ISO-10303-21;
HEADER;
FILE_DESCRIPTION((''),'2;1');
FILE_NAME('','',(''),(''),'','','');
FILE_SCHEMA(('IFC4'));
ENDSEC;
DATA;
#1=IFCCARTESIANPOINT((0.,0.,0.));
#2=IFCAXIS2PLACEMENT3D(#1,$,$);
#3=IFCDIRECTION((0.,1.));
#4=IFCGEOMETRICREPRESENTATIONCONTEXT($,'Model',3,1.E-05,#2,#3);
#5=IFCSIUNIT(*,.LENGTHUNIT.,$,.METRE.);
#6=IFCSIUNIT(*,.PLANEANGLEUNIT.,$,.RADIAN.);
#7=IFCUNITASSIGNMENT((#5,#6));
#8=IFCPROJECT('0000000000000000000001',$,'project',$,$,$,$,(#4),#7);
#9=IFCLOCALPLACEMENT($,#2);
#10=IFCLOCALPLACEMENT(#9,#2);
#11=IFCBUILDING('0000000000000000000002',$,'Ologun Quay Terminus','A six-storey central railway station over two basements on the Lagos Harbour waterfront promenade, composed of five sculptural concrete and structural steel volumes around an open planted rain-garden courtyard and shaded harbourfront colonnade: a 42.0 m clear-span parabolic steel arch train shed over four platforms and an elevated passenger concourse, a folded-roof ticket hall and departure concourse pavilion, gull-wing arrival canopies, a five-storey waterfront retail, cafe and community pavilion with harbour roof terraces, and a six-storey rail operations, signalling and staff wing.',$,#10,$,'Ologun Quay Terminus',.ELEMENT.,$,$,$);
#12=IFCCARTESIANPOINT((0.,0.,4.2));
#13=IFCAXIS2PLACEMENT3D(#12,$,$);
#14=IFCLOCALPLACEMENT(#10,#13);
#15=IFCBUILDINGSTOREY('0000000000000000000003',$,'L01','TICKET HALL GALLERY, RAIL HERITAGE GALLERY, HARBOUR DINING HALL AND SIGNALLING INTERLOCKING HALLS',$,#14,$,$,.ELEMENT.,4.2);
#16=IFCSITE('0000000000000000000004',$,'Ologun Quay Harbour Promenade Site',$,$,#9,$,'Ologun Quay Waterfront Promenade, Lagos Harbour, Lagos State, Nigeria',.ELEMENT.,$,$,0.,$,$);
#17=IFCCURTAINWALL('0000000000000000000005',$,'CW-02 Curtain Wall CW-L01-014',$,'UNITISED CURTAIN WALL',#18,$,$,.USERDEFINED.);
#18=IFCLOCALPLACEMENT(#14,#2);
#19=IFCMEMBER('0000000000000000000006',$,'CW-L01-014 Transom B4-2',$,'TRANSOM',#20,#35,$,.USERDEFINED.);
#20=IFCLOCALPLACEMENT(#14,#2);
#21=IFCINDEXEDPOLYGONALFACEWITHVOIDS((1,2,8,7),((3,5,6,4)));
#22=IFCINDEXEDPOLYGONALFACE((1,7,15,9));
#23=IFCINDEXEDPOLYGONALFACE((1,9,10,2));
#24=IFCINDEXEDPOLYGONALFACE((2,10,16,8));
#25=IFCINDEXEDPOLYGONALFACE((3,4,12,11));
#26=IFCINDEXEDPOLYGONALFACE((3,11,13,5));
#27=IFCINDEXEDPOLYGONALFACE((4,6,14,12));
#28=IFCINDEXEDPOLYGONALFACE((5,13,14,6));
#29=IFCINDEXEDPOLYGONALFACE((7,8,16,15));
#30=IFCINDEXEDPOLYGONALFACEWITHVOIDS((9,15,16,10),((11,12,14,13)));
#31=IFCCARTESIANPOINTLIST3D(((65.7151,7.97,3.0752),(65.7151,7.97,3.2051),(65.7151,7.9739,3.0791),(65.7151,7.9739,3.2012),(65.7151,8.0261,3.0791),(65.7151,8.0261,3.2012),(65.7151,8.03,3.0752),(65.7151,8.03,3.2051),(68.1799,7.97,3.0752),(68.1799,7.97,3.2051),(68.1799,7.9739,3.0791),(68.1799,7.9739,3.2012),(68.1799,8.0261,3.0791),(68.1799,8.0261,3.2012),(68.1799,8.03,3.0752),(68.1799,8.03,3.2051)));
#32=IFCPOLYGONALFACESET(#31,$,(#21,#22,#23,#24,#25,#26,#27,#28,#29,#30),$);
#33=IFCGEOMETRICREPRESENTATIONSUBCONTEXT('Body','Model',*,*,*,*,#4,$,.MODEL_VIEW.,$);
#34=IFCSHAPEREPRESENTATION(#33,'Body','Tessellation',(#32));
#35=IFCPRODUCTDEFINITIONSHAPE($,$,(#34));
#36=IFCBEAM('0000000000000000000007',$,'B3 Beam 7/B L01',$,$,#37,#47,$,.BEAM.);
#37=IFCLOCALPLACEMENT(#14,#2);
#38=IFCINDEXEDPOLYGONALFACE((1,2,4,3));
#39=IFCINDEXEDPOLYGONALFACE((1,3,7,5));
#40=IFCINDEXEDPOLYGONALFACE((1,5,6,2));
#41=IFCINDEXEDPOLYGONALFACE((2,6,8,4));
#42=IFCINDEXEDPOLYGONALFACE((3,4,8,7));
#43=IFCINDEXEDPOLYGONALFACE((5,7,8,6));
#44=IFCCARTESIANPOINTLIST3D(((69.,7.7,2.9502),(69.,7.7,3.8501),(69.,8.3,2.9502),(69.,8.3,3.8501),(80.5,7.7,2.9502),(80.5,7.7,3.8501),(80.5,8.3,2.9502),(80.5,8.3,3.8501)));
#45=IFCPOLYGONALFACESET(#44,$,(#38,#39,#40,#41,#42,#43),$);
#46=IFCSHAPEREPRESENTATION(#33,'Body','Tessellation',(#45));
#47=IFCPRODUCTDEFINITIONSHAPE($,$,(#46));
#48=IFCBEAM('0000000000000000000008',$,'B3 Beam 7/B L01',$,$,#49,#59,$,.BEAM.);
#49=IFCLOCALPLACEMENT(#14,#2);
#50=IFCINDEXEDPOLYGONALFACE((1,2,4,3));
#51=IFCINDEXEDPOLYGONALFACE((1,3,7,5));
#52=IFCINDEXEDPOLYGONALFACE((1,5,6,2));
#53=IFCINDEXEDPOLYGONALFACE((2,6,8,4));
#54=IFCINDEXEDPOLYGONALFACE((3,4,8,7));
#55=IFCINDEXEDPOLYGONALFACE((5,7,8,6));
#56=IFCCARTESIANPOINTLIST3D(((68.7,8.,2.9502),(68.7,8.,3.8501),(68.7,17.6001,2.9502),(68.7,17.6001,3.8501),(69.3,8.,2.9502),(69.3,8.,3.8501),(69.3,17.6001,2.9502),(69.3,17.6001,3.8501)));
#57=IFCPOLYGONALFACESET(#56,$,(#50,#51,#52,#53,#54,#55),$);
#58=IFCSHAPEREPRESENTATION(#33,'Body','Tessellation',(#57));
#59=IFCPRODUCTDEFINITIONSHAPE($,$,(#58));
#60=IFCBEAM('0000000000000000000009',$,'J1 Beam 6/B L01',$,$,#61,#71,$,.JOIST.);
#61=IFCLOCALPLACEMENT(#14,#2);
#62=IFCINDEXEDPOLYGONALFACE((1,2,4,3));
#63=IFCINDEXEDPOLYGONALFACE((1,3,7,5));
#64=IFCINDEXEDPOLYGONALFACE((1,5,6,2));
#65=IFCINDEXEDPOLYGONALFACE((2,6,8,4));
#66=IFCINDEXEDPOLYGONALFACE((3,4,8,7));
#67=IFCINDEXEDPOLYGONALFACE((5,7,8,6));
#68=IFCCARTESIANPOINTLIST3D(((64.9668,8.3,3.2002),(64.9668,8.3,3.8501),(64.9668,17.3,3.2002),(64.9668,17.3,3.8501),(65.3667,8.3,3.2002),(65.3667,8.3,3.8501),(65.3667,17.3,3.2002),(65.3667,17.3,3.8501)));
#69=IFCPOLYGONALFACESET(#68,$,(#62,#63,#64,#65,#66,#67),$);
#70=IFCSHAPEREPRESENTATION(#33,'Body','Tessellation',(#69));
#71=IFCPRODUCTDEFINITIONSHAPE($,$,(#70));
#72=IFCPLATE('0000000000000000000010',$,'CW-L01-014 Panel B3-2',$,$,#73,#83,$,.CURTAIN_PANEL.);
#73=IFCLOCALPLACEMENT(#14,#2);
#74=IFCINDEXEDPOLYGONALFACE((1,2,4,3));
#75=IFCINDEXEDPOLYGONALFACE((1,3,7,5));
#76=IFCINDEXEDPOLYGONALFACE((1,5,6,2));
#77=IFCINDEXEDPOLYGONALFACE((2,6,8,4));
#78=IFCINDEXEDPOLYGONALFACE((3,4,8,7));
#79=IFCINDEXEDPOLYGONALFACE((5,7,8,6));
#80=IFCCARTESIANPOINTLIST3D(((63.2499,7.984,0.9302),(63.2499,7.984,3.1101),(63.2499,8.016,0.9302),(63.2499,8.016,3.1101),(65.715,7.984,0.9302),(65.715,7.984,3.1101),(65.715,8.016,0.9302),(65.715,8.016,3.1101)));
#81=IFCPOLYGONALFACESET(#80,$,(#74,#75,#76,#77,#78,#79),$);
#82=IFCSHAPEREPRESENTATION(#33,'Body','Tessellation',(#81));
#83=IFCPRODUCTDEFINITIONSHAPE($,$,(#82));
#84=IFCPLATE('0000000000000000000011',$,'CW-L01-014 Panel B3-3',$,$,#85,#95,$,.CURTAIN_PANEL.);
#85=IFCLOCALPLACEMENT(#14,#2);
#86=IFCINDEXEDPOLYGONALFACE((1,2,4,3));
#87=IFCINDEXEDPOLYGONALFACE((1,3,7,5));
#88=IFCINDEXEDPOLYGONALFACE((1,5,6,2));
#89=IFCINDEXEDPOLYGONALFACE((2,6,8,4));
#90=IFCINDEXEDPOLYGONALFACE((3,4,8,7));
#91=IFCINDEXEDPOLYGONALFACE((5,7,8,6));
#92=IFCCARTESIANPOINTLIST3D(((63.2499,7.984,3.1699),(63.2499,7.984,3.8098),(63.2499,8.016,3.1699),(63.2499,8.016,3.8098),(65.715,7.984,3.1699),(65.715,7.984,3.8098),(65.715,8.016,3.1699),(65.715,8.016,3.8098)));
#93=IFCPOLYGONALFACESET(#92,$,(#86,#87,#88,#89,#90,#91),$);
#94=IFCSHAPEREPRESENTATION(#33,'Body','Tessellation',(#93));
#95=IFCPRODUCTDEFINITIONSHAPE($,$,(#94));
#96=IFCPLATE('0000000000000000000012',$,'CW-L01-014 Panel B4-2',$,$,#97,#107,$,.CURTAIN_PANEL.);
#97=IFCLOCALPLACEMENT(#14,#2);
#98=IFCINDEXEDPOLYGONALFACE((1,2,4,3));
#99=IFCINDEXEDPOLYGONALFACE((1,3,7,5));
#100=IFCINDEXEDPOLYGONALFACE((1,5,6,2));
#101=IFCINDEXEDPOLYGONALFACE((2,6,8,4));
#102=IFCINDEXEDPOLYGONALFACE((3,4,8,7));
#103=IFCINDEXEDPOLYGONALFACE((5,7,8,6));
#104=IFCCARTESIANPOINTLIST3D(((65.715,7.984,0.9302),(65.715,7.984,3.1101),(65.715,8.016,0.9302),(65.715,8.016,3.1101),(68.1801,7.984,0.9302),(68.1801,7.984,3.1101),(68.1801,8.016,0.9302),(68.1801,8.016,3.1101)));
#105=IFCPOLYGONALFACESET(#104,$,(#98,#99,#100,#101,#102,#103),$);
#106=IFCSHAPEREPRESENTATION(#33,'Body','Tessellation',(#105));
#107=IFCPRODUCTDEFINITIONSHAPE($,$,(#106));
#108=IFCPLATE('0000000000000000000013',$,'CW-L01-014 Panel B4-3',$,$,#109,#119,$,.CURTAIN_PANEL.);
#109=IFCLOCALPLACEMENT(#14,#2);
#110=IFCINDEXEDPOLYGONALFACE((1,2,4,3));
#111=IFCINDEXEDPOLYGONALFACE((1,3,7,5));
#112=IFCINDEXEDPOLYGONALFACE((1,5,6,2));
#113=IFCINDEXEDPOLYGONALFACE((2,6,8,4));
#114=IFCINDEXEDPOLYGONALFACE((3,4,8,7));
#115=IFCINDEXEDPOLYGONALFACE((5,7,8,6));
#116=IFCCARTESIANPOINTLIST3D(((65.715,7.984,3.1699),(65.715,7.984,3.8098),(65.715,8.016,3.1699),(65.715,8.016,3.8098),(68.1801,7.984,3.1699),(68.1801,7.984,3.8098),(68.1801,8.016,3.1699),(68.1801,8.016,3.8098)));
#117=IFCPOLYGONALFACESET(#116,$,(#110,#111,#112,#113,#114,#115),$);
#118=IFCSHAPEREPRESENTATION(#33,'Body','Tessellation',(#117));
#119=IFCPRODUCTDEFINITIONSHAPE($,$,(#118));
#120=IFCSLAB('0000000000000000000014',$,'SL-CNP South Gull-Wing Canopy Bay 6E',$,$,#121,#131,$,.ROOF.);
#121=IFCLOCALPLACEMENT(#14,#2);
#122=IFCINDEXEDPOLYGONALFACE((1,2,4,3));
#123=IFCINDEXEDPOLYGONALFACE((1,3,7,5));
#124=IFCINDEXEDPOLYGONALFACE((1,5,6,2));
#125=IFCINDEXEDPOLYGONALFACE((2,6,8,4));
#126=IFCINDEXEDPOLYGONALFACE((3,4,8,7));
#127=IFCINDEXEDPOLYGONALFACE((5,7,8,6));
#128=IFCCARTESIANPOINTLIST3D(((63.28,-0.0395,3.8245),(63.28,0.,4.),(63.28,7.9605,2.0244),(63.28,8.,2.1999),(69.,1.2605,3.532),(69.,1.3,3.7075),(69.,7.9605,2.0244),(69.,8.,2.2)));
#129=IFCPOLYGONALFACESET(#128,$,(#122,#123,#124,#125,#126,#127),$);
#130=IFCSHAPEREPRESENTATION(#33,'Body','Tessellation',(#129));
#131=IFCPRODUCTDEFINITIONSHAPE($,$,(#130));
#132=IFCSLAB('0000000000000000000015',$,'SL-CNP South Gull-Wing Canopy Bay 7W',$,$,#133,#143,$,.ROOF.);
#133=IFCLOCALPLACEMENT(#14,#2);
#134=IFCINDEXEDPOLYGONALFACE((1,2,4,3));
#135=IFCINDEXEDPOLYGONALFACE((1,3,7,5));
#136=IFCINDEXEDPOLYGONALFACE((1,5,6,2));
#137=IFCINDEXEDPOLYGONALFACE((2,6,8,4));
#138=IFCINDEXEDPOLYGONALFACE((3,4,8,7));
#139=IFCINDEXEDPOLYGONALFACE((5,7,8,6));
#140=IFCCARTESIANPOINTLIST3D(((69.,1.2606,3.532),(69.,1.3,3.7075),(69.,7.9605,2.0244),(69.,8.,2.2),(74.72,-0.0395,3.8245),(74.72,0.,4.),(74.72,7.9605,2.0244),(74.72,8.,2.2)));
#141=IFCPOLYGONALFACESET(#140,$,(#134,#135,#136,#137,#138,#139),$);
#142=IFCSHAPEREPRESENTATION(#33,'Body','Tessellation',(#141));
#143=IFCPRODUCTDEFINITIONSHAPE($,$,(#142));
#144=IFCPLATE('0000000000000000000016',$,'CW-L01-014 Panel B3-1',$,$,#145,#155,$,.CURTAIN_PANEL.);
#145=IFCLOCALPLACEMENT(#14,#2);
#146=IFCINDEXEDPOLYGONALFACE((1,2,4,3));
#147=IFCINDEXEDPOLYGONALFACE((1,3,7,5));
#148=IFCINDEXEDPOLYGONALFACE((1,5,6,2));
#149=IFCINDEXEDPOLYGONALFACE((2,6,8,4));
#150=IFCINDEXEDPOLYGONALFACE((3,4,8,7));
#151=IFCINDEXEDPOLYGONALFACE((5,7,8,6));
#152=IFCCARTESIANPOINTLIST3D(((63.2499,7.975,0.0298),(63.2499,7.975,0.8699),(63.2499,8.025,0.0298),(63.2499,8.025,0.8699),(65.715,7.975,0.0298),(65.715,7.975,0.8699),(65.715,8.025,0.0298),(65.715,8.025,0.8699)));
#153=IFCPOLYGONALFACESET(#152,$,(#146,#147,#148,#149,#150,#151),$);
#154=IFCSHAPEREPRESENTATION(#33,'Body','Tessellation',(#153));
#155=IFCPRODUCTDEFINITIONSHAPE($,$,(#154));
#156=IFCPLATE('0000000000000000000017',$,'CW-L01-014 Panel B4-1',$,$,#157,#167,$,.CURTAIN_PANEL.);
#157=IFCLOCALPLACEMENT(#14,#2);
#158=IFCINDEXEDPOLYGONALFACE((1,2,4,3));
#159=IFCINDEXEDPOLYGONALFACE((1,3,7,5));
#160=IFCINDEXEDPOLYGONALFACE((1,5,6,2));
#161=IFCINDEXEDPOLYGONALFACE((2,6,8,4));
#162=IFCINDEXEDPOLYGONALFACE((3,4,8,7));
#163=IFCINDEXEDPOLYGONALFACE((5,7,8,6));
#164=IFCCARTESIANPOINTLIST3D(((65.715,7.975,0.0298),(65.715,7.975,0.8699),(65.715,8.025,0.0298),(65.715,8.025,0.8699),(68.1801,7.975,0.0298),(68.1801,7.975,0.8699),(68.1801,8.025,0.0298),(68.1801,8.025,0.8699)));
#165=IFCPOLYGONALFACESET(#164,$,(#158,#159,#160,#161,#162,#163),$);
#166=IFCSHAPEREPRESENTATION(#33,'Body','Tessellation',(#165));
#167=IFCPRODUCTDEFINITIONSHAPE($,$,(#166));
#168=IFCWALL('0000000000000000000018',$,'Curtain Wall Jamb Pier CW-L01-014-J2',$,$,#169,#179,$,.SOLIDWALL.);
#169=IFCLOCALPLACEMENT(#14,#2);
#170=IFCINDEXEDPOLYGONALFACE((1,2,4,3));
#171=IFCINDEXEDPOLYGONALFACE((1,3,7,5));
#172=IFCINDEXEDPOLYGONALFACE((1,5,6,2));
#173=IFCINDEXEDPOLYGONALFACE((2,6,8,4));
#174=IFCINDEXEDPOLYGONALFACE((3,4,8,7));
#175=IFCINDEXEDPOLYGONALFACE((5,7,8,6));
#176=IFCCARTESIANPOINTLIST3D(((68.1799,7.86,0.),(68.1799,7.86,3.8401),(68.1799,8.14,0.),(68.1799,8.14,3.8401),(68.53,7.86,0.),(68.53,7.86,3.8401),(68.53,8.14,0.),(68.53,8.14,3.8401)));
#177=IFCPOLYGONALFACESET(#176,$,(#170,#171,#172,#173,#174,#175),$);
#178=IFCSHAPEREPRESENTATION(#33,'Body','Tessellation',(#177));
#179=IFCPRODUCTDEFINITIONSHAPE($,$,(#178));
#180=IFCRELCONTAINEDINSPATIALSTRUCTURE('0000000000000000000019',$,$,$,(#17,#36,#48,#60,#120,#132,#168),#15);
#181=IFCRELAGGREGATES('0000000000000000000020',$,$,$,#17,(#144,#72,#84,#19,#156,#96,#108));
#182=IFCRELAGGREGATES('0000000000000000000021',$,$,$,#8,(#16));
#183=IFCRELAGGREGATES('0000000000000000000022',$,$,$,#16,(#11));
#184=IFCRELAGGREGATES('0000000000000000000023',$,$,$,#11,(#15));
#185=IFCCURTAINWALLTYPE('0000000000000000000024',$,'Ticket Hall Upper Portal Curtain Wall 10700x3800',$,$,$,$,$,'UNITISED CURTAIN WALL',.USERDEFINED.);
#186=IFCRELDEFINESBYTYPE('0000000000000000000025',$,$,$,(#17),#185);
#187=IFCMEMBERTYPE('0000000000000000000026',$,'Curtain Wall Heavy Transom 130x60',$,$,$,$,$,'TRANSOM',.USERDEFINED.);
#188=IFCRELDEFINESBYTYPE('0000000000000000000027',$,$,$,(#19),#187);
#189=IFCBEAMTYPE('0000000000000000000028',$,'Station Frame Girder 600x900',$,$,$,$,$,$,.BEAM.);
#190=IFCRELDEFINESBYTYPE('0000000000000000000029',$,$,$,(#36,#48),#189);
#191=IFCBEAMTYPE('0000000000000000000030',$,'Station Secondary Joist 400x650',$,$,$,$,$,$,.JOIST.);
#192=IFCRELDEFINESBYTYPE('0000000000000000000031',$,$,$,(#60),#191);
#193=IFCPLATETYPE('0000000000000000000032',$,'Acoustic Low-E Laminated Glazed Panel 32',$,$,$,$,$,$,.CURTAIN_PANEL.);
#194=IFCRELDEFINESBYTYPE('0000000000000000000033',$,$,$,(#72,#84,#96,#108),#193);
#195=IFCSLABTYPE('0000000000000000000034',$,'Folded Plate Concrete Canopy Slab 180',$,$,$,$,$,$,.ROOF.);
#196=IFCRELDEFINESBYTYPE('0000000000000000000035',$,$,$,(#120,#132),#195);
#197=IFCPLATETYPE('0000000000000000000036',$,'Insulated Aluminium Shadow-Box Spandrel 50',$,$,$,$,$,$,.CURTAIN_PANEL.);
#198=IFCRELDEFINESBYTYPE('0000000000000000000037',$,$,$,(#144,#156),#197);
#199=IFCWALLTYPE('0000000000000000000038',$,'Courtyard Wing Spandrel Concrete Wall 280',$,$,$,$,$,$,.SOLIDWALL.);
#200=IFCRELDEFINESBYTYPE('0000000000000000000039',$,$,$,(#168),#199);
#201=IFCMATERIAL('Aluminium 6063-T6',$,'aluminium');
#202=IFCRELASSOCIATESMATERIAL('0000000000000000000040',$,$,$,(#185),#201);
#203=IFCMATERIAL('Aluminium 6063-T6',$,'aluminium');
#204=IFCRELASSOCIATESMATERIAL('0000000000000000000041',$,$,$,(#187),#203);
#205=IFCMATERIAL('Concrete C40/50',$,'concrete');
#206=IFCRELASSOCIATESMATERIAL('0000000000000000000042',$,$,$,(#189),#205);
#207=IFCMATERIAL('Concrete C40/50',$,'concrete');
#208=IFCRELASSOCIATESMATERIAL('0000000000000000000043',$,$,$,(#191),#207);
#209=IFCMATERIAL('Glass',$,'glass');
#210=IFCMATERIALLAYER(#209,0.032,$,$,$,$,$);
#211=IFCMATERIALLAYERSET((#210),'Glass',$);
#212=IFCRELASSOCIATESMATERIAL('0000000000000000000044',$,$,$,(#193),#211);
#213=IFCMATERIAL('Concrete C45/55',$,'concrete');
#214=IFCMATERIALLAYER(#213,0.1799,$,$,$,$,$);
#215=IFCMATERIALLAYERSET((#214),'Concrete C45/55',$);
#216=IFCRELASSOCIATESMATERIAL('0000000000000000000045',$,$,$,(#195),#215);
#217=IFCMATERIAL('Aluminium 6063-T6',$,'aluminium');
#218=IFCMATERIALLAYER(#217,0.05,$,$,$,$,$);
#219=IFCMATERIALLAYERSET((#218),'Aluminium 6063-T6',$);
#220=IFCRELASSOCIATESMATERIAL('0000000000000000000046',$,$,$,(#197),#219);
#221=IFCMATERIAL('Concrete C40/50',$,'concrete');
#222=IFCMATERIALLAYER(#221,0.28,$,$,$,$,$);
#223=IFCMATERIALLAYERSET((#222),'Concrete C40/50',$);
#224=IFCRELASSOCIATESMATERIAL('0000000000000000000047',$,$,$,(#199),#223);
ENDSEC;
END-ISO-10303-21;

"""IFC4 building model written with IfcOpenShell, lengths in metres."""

from ifc_helpers import new_model, si_unit, direction, frame, frame_2d, origin, origin_2d, place, context, subcontext, project, spatial, polyline, rectangle, hollow_rectangle, outline, extrude, material, layer, layer_set, material_profile, profile_set, type_object, element, aggregate, save


model = new_model("IFC4")

# Units and contexts
model_context = context("Model", 3, precision=1e-05, world=origin(), true_north=direction((0.0, 1.0)))
body_context = subcontext(model_context, "Body", "Model", "MODEL_VIEW")
ifc_project = project(units=[si_unit("LENGTHUNIT", "METRE"), si_unit("PLANEANGLEUNIT", "RADIAN")], contexts=[model_context])

# Site, building, storey
site_placement = place(None, origin())
site = spatial("IfcSite", under=ifc_project, at=site_placement, Name="Ologun Quay Harbour Promenade Site", LongName="Ologun Quay Waterfront Promenade, Lagos Harbour, Lagos State, Nigeria", CompositionType="ELEMENT", RefElevation=0.0)
building_placement = place(site_placement, origin())
building = spatial("IfcBuilding", under=site, at=building_placement, Name="Ologun Quay Terminus", Description="A six-storey central railway station over two basements on the Lagos Harbour waterfront promenade, composed of five sculptural concrete and structural steel volumes around an open planted rain-garden courtyard and shaded harbourfront colonnade: a 42.0 m clear-span parabolic steel arch train shed over four platforms and an elevated passenger concourse, a folded-roof ticket hall and departure concourse pavilion, gull-wing arrival canopies, a five-storey waterfront retail, cafe and community pavilion with harbour roof terraces, and a six-storey rail operations, signalling and staff wing.", LongName="Ologun Quay Terminus", CompositionType="ELEMENT")
storey_placement = place(building_placement, frame((0.0, 0.0, 4.2)))
storey = spatial("IfcBuildingStorey", under=building, at=storey_placement, Name="L01", Description="TICKET HALL GALLERY, RAIL HERITAGE GALLERY, HARBOUR DINING HALL AND SIGNALLING INTERLOCKING HALLS", CompositionType="ELEMENT", Elevation=4.2)

# Curtain wall, member
ifc_material_1 = material(Name="Aluminium 6063-T6", Category="aluminium")
curtain_wall_type = type_object("IfcCurtainWallType", Name="Ticket Hall Upper Portal Curtain Wall 10700x3800", ElementType="UNITISED CURTAIN WALL", PredefinedType="USERDEFINED", material=ifc_material_1)
curtain_wall_placement = place(storey_placement, origin())
curtain_wall = element("IfcCurtainWall", 1, at=curtain_wall_placement, inside=storey, type_object=curtain_wall_type, Name="CW-02 Curtain Wall CW-L01-014", ObjectType="UNITISED CURTAIN WALL", PredefinedType="USERDEFINED")
ifc_material_2 = material(Name="Aluminium 6063-T6", Category="aluminium")
ifc_material_profile_1 = material_profile(ifc_material_2, hollow_rectangle(XDim=0.0601, YDim=0.1299, WallThickness=0.0039, at=origin_2d()), Name="ALU 130x60x4")
ifc_profile_set_1 = profile_set([ifc_material_profile_1], Name="Aluminium 6063-T6")
member_type_1 = type_object("IfcMemberType", Name="Curtain Wall Heavy Transom 130x60", ElementType="TRANSOM", PredefinedType="USERDEFINED", material=ifc_profile_set_1)
member_1_placement = place(storey_placement, frame((65.7151, 8.0, 3.1401), z_axis=(1.0, 0.0, 0.0), x_axis=(0.0, 1.0, 0.0)))
member_1 = element("IfcMember", 2, at=member_1_placement, type_object=member_type_1, Name="CW-L01-014 Transom B4-2", ObjectType="TRANSOM", PredefinedType="USERDEFINED", context=body_context, shape_type="SweptSolid", body=[
    extrude(hollow_rectangle(XDim=0.0601, YDim=0.1299, WallThickness=0.0039, at=origin_2d()), origin(), (0.0, 0.0, 1.0), 2.4648),
])

# Beams
ifc_material_3 = material(Name="Concrete C40/50", Category="concrete")
ifc_material_profile_2 = material_profile(ifc_material_3, rectangle(XDim=0.6001, YDim=0.8999, at=origin_2d()), Name="RC 600x900")
ifc_profile_set_2 = profile_set([ifc_material_profile_2], Name="Concrete C40/50")
beam_type_1 = type_object("IfcBeamType", Name="Station Frame Girder 600x900", PredefinedType="BEAM", material=ifc_profile_set_2)
beam_1_placement = place(storey_placement, frame((69.0, 8.0, 3.4001), z_axis=(1.0, 0.0, 0.0), x_axis=(0.0, 1.0, 0.0)))
element("IfcBeam", 3, at=beam_1_placement, inside=storey, type_object=beam_type_1, Name="B3 Beam 7/B L01", PredefinedType="BEAM", context=body_context, shape_type="SweptSolid", body=[
    extrude(rectangle(XDim=0.6001, YDim=0.8999, at=origin_2d()), origin(), (0.0, 0.0, 1.0), 11.5),
])
beam_2_placement = place(storey_placement, frame((69.0, 8.0, 3.4001), z_axis=(0.0, 1.0, 0.0), x_axis=(-1.0, 0.0, 0.0)))
element("IfcBeam", 4, at=beam_2_placement, inside=storey, type_object=beam_type_1, Name="B3 Beam 7/B L01", PredefinedType="BEAM", context=body_context, shape_type="SweptSolid", body=[
    extrude(rectangle(XDim=0.6001, YDim=0.8999, at=origin_2d()), origin(), (0.0, 0.0, 1.0), 9.6001),
])
ifc_material_4 = material(Name="Concrete C40/50", Category="concrete")
ifc_material_profile_3 = material_profile(ifc_material_4, rectangle(XDim=0.3999, YDim=0.6499, at=origin_2d()), Name="RC 400x650")
ifc_profile_set_3 = profile_set([ifc_material_profile_3], Name="Concrete C40/50")
beam_type_2 = type_object("IfcBeamType", Name="Station Secondary Joist 400x650", PredefinedType="JOIST", material=ifc_profile_set_3)
beam_3_placement = place(storey_placement, frame((65.1667, 8.3, 3.5251), z_axis=(0.0, 1.0, 0.0), x_axis=(-1.0, 0.0, 0.0)))
element("IfcBeam", 5, at=beam_3_placement, inside=storey, type_object=beam_type_2, Name="J1 Beam 6/B L01", PredefinedType="JOIST", context=body_context, shape_type="SweptSolid", body=[
    extrude(rectangle(XDim=0.3999, YDim=0.6499, at=origin_2d()), origin(), (0.0, 0.0, 1.0), 9.0),
])

# Plates
ifc_material_5 = material(Name="Glass", Category="glass")
ifc_layer_1 = layer(ifc_material_5, 0.032)
ifc_layer_set_1 = layer_set([ifc_layer_1], Name="Glass")
plate_type_1 = type_object("IfcPlateType", Name="Acoustic Low-E Laminated Glazed Panel 32", PredefinedType="CURTAIN_PANEL", material=ifc_layer_set_1)
plate_1_placement = place(storey_placement, frame((64.4824, 8.0, 0.9302), z_axis=(0.0, 0.0, 1.0), x_axis=(1.0, 0.0, 0.0)))
plate_1 = element("IfcPlate", 6, at=plate_1_placement, type_object=plate_type_1, Name="CW-L01-014 Panel B3-2", PredefinedType="CURTAIN_PANEL", context=body_context, shape_type="SweptSolid", body=[
    extrude(rectangle(XDim=2.4651, YDim=0.032, at=origin_2d()), origin(), (0.0, 0.0, 1.0), 2.1799),
])
plate_2_placement = place(storey_placement, frame((64.4824, 8.0, 3.1699), z_axis=(0.0, 0.0, 1.0), x_axis=(1.0, 0.0, 0.0)))
plate_2 = element("IfcPlate", 7, at=plate_2_placement, type_object=plate_type_1, Name="CW-L01-014 Panel B3-3", PredefinedType="CURTAIN_PANEL", context=body_context, shape_type="SweptSolid", body=[
    extrude(rectangle(XDim=2.4651, YDim=0.032, at=origin_2d()), origin(), (0.0, 0.0, 1.0), 0.6399),
])
plate_3_placement = place(storey_placement, frame((66.9475, 8.0, 0.9302), z_axis=(0.0, 0.0, 1.0), x_axis=(1.0, 0.0, 0.0)))
plate_3 = element("IfcPlate", 8, at=plate_3_placement, type_object=plate_type_1, Name="CW-L01-014 Panel B4-2", PredefinedType="CURTAIN_PANEL", context=body_context, shape_type="SweptSolid", body=[
    extrude(rectangle(XDim=2.4651, YDim=0.032, at=origin_2d()), origin(), (0.0, 0.0, 1.0), 2.1799),
])
plate_4_placement = place(storey_placement, frame((66.9475, 8.0, 3.1699), z_axis=(0.0, 0.0, 1.0), x_axis=(1.0, 0.0, 0.0)))
plate_4 = element("IfcPlate", 9, at=plate_4_placement, type_object=plate_type_1, Name="CW-L01-014 Panel B4-3", PredefinedType="CURTAIN_PANEL", context=body_context, shape_type="SweptSolid", body=[
    extrude(rectangle(XDim=2.4651, YDim=0.032, at=origin_2d()), origin(), (0.0, 0.0, 1.0), 0.6399),
])

# Slabs
ifc_material_6 = material(Name="Concrete C45/55", Category="concrete")
ifc_layer_2 = layer(ifc_material_6, 0.1799)
ifc_layer_set_2 = layer_set([ifc_layer_2], Name="Concrete C45/55")
slab_type = type_object("IfcSlabType", Name="Folded Plate Concrete Canopy Slab 180", PredefinedType="ROOF", material=ifc_layer_set_2)
slab_1_placement = place(storey_placement, frame((63.28, 0.0, 4.0), z_axis=(-0.000004, 0.21952, 0.975608), x_axis=(0.973921, 0.221354, -0.049803)))
element("IfcSlab", 10, at=slab_1_placement, inside=storey, type_object=slab_type, Name="SL-CNP South Gull-Wing Canopy Bay 6E", PredefinedType="ROOF", context=body_context, shape_type="SweptSolid", body=[
    extrude(outline(polyline([(0.0, 0.0), (5.8731, 0.0), (7.4313, 6.6884), (1.8605, 7.9862), (0.0, 0.0)])), origin(), (0.0, 0.0, -1.0), 0.1799),
])
slab_2_placement = place(storey_placement, frame((69.0, 1.3, 3.7075), z_axis=(0.000004, 0.21952, 0.975608), x_axis=(0.973921, -0.221354, 0.049803)))
element("IfcSlab", 11, at=slab_2_placement, inside=storey, type_object=slab_type, Name="SL-CNP South Gull-Wing Canopy Bay 7W", PredefinedType="ROOF", context=body_context, shape_type="SweptSolid", body=[
    extrude(outline(polyline([(0.0, 0.0), (5.8731, 0.0), (4.0127, 7.9862), (-1.5581, 6.6884), (0.0, 0.0)])), origin(), (0.0, 0.0, -1.0), 0.1799),
])

# Plates
ifc_material_7 = material(Name="Aluminium 6063-T6", Category="aluminium")
ifc_layer_3 = layer(ifc_material_7, 0.05)
ifc_layer_set_3 = layer_set([ifc_layer_3], Name="Aluminium 6063-T6")
plate_type_2 = type_object("IfcPlateType", Name="Insulated Aluminium Shadow-Box Spandrel 50", PredefinedType="CURTAIN_PANEL", material=ifc_layer_set_3)
plate_5_placement = place(storey_placement, frame((64.4824, 8.0, 0.0298), z_axis=(0.0, 0.0, 1.0), x_axis=(1.0, 0.0, 0.0)))
plate_5 = element("IfcPlate", 12, at=plate_5_placement, type_object=plate_type_2, Name="CW-L01-014 Panel B3-1", PredefinedType="CURTAIN_PANEL", context=body_context, shape_type="SweptSolid", body=[
    extrude(rectangle(XDim=2.4651, YDim=0.05, at=origin_2d()), origin(), (0.0, 0.0, 1.0), 0.8401),
])
plate_6_placement = place(storey_placement, frame((66.9475, 8.0, 0.0298), z_axis=(0.0, 0.0, 1.0), x_axis=(1.0, 0.0, 0.0)))
plate_6 = element("IfcPlate", 13, at=plate_6_placement, type_object=plate_type_2, Name="CW-L01-014 Panel B4-1", PredefinedType="CURTAIN_PANEL", context=body_context, shape_type="SweptSolid", body=[
    extrude(rectangle(XDim=2.4651, YDim=0.05, at=origin_2d()), origin(), (0.0, 0.0, 1.0), 0.8401),
])
aggregate(curtain_wall, [plate_5, plate_1, plate_2, member_1, plate_6, plate_3, plate_4])

# Wall
ifc_material_8 = material(Name="Concrete C40/50", Category="concrete")
ifc_layer_4 = layer(ifc_material_8, 0.28)
ifc_layer_set_4 = layer_set([ifc_layer_4], Name="Concrete C40/50")
wall_type_1 = type_object("IfcWallType", Name="Courtyard Wing Spandrel Concrete Wall 280", PredefinedType="SOLIDWALL", material=ifc_layer_set_4)
wall_1_placement = place(storey_placement, frame((68.1799, 8.0, 0.0), z_axis=(0.0, 0.0, 1.0), x_axis=(1.0, 0.0, 0.0)))
element("IfcWall", 14, at=wall_1_placement, inside=storey, type_object=wall_type_1, Name="Curtain Wall Jamb Pier CW-L01-014-J2", PredefinedType="SOLIDWALL", context=body_context, shape_type="SweptSolid", body=[
    extrude(rectangle(XDim=0.3501, YDim=0.28, at=frame_2d((0.175, 0.0))), origin(), (0.0, 0.0, 1.0), 3.8401),
])

save(model, "model.ifc")
